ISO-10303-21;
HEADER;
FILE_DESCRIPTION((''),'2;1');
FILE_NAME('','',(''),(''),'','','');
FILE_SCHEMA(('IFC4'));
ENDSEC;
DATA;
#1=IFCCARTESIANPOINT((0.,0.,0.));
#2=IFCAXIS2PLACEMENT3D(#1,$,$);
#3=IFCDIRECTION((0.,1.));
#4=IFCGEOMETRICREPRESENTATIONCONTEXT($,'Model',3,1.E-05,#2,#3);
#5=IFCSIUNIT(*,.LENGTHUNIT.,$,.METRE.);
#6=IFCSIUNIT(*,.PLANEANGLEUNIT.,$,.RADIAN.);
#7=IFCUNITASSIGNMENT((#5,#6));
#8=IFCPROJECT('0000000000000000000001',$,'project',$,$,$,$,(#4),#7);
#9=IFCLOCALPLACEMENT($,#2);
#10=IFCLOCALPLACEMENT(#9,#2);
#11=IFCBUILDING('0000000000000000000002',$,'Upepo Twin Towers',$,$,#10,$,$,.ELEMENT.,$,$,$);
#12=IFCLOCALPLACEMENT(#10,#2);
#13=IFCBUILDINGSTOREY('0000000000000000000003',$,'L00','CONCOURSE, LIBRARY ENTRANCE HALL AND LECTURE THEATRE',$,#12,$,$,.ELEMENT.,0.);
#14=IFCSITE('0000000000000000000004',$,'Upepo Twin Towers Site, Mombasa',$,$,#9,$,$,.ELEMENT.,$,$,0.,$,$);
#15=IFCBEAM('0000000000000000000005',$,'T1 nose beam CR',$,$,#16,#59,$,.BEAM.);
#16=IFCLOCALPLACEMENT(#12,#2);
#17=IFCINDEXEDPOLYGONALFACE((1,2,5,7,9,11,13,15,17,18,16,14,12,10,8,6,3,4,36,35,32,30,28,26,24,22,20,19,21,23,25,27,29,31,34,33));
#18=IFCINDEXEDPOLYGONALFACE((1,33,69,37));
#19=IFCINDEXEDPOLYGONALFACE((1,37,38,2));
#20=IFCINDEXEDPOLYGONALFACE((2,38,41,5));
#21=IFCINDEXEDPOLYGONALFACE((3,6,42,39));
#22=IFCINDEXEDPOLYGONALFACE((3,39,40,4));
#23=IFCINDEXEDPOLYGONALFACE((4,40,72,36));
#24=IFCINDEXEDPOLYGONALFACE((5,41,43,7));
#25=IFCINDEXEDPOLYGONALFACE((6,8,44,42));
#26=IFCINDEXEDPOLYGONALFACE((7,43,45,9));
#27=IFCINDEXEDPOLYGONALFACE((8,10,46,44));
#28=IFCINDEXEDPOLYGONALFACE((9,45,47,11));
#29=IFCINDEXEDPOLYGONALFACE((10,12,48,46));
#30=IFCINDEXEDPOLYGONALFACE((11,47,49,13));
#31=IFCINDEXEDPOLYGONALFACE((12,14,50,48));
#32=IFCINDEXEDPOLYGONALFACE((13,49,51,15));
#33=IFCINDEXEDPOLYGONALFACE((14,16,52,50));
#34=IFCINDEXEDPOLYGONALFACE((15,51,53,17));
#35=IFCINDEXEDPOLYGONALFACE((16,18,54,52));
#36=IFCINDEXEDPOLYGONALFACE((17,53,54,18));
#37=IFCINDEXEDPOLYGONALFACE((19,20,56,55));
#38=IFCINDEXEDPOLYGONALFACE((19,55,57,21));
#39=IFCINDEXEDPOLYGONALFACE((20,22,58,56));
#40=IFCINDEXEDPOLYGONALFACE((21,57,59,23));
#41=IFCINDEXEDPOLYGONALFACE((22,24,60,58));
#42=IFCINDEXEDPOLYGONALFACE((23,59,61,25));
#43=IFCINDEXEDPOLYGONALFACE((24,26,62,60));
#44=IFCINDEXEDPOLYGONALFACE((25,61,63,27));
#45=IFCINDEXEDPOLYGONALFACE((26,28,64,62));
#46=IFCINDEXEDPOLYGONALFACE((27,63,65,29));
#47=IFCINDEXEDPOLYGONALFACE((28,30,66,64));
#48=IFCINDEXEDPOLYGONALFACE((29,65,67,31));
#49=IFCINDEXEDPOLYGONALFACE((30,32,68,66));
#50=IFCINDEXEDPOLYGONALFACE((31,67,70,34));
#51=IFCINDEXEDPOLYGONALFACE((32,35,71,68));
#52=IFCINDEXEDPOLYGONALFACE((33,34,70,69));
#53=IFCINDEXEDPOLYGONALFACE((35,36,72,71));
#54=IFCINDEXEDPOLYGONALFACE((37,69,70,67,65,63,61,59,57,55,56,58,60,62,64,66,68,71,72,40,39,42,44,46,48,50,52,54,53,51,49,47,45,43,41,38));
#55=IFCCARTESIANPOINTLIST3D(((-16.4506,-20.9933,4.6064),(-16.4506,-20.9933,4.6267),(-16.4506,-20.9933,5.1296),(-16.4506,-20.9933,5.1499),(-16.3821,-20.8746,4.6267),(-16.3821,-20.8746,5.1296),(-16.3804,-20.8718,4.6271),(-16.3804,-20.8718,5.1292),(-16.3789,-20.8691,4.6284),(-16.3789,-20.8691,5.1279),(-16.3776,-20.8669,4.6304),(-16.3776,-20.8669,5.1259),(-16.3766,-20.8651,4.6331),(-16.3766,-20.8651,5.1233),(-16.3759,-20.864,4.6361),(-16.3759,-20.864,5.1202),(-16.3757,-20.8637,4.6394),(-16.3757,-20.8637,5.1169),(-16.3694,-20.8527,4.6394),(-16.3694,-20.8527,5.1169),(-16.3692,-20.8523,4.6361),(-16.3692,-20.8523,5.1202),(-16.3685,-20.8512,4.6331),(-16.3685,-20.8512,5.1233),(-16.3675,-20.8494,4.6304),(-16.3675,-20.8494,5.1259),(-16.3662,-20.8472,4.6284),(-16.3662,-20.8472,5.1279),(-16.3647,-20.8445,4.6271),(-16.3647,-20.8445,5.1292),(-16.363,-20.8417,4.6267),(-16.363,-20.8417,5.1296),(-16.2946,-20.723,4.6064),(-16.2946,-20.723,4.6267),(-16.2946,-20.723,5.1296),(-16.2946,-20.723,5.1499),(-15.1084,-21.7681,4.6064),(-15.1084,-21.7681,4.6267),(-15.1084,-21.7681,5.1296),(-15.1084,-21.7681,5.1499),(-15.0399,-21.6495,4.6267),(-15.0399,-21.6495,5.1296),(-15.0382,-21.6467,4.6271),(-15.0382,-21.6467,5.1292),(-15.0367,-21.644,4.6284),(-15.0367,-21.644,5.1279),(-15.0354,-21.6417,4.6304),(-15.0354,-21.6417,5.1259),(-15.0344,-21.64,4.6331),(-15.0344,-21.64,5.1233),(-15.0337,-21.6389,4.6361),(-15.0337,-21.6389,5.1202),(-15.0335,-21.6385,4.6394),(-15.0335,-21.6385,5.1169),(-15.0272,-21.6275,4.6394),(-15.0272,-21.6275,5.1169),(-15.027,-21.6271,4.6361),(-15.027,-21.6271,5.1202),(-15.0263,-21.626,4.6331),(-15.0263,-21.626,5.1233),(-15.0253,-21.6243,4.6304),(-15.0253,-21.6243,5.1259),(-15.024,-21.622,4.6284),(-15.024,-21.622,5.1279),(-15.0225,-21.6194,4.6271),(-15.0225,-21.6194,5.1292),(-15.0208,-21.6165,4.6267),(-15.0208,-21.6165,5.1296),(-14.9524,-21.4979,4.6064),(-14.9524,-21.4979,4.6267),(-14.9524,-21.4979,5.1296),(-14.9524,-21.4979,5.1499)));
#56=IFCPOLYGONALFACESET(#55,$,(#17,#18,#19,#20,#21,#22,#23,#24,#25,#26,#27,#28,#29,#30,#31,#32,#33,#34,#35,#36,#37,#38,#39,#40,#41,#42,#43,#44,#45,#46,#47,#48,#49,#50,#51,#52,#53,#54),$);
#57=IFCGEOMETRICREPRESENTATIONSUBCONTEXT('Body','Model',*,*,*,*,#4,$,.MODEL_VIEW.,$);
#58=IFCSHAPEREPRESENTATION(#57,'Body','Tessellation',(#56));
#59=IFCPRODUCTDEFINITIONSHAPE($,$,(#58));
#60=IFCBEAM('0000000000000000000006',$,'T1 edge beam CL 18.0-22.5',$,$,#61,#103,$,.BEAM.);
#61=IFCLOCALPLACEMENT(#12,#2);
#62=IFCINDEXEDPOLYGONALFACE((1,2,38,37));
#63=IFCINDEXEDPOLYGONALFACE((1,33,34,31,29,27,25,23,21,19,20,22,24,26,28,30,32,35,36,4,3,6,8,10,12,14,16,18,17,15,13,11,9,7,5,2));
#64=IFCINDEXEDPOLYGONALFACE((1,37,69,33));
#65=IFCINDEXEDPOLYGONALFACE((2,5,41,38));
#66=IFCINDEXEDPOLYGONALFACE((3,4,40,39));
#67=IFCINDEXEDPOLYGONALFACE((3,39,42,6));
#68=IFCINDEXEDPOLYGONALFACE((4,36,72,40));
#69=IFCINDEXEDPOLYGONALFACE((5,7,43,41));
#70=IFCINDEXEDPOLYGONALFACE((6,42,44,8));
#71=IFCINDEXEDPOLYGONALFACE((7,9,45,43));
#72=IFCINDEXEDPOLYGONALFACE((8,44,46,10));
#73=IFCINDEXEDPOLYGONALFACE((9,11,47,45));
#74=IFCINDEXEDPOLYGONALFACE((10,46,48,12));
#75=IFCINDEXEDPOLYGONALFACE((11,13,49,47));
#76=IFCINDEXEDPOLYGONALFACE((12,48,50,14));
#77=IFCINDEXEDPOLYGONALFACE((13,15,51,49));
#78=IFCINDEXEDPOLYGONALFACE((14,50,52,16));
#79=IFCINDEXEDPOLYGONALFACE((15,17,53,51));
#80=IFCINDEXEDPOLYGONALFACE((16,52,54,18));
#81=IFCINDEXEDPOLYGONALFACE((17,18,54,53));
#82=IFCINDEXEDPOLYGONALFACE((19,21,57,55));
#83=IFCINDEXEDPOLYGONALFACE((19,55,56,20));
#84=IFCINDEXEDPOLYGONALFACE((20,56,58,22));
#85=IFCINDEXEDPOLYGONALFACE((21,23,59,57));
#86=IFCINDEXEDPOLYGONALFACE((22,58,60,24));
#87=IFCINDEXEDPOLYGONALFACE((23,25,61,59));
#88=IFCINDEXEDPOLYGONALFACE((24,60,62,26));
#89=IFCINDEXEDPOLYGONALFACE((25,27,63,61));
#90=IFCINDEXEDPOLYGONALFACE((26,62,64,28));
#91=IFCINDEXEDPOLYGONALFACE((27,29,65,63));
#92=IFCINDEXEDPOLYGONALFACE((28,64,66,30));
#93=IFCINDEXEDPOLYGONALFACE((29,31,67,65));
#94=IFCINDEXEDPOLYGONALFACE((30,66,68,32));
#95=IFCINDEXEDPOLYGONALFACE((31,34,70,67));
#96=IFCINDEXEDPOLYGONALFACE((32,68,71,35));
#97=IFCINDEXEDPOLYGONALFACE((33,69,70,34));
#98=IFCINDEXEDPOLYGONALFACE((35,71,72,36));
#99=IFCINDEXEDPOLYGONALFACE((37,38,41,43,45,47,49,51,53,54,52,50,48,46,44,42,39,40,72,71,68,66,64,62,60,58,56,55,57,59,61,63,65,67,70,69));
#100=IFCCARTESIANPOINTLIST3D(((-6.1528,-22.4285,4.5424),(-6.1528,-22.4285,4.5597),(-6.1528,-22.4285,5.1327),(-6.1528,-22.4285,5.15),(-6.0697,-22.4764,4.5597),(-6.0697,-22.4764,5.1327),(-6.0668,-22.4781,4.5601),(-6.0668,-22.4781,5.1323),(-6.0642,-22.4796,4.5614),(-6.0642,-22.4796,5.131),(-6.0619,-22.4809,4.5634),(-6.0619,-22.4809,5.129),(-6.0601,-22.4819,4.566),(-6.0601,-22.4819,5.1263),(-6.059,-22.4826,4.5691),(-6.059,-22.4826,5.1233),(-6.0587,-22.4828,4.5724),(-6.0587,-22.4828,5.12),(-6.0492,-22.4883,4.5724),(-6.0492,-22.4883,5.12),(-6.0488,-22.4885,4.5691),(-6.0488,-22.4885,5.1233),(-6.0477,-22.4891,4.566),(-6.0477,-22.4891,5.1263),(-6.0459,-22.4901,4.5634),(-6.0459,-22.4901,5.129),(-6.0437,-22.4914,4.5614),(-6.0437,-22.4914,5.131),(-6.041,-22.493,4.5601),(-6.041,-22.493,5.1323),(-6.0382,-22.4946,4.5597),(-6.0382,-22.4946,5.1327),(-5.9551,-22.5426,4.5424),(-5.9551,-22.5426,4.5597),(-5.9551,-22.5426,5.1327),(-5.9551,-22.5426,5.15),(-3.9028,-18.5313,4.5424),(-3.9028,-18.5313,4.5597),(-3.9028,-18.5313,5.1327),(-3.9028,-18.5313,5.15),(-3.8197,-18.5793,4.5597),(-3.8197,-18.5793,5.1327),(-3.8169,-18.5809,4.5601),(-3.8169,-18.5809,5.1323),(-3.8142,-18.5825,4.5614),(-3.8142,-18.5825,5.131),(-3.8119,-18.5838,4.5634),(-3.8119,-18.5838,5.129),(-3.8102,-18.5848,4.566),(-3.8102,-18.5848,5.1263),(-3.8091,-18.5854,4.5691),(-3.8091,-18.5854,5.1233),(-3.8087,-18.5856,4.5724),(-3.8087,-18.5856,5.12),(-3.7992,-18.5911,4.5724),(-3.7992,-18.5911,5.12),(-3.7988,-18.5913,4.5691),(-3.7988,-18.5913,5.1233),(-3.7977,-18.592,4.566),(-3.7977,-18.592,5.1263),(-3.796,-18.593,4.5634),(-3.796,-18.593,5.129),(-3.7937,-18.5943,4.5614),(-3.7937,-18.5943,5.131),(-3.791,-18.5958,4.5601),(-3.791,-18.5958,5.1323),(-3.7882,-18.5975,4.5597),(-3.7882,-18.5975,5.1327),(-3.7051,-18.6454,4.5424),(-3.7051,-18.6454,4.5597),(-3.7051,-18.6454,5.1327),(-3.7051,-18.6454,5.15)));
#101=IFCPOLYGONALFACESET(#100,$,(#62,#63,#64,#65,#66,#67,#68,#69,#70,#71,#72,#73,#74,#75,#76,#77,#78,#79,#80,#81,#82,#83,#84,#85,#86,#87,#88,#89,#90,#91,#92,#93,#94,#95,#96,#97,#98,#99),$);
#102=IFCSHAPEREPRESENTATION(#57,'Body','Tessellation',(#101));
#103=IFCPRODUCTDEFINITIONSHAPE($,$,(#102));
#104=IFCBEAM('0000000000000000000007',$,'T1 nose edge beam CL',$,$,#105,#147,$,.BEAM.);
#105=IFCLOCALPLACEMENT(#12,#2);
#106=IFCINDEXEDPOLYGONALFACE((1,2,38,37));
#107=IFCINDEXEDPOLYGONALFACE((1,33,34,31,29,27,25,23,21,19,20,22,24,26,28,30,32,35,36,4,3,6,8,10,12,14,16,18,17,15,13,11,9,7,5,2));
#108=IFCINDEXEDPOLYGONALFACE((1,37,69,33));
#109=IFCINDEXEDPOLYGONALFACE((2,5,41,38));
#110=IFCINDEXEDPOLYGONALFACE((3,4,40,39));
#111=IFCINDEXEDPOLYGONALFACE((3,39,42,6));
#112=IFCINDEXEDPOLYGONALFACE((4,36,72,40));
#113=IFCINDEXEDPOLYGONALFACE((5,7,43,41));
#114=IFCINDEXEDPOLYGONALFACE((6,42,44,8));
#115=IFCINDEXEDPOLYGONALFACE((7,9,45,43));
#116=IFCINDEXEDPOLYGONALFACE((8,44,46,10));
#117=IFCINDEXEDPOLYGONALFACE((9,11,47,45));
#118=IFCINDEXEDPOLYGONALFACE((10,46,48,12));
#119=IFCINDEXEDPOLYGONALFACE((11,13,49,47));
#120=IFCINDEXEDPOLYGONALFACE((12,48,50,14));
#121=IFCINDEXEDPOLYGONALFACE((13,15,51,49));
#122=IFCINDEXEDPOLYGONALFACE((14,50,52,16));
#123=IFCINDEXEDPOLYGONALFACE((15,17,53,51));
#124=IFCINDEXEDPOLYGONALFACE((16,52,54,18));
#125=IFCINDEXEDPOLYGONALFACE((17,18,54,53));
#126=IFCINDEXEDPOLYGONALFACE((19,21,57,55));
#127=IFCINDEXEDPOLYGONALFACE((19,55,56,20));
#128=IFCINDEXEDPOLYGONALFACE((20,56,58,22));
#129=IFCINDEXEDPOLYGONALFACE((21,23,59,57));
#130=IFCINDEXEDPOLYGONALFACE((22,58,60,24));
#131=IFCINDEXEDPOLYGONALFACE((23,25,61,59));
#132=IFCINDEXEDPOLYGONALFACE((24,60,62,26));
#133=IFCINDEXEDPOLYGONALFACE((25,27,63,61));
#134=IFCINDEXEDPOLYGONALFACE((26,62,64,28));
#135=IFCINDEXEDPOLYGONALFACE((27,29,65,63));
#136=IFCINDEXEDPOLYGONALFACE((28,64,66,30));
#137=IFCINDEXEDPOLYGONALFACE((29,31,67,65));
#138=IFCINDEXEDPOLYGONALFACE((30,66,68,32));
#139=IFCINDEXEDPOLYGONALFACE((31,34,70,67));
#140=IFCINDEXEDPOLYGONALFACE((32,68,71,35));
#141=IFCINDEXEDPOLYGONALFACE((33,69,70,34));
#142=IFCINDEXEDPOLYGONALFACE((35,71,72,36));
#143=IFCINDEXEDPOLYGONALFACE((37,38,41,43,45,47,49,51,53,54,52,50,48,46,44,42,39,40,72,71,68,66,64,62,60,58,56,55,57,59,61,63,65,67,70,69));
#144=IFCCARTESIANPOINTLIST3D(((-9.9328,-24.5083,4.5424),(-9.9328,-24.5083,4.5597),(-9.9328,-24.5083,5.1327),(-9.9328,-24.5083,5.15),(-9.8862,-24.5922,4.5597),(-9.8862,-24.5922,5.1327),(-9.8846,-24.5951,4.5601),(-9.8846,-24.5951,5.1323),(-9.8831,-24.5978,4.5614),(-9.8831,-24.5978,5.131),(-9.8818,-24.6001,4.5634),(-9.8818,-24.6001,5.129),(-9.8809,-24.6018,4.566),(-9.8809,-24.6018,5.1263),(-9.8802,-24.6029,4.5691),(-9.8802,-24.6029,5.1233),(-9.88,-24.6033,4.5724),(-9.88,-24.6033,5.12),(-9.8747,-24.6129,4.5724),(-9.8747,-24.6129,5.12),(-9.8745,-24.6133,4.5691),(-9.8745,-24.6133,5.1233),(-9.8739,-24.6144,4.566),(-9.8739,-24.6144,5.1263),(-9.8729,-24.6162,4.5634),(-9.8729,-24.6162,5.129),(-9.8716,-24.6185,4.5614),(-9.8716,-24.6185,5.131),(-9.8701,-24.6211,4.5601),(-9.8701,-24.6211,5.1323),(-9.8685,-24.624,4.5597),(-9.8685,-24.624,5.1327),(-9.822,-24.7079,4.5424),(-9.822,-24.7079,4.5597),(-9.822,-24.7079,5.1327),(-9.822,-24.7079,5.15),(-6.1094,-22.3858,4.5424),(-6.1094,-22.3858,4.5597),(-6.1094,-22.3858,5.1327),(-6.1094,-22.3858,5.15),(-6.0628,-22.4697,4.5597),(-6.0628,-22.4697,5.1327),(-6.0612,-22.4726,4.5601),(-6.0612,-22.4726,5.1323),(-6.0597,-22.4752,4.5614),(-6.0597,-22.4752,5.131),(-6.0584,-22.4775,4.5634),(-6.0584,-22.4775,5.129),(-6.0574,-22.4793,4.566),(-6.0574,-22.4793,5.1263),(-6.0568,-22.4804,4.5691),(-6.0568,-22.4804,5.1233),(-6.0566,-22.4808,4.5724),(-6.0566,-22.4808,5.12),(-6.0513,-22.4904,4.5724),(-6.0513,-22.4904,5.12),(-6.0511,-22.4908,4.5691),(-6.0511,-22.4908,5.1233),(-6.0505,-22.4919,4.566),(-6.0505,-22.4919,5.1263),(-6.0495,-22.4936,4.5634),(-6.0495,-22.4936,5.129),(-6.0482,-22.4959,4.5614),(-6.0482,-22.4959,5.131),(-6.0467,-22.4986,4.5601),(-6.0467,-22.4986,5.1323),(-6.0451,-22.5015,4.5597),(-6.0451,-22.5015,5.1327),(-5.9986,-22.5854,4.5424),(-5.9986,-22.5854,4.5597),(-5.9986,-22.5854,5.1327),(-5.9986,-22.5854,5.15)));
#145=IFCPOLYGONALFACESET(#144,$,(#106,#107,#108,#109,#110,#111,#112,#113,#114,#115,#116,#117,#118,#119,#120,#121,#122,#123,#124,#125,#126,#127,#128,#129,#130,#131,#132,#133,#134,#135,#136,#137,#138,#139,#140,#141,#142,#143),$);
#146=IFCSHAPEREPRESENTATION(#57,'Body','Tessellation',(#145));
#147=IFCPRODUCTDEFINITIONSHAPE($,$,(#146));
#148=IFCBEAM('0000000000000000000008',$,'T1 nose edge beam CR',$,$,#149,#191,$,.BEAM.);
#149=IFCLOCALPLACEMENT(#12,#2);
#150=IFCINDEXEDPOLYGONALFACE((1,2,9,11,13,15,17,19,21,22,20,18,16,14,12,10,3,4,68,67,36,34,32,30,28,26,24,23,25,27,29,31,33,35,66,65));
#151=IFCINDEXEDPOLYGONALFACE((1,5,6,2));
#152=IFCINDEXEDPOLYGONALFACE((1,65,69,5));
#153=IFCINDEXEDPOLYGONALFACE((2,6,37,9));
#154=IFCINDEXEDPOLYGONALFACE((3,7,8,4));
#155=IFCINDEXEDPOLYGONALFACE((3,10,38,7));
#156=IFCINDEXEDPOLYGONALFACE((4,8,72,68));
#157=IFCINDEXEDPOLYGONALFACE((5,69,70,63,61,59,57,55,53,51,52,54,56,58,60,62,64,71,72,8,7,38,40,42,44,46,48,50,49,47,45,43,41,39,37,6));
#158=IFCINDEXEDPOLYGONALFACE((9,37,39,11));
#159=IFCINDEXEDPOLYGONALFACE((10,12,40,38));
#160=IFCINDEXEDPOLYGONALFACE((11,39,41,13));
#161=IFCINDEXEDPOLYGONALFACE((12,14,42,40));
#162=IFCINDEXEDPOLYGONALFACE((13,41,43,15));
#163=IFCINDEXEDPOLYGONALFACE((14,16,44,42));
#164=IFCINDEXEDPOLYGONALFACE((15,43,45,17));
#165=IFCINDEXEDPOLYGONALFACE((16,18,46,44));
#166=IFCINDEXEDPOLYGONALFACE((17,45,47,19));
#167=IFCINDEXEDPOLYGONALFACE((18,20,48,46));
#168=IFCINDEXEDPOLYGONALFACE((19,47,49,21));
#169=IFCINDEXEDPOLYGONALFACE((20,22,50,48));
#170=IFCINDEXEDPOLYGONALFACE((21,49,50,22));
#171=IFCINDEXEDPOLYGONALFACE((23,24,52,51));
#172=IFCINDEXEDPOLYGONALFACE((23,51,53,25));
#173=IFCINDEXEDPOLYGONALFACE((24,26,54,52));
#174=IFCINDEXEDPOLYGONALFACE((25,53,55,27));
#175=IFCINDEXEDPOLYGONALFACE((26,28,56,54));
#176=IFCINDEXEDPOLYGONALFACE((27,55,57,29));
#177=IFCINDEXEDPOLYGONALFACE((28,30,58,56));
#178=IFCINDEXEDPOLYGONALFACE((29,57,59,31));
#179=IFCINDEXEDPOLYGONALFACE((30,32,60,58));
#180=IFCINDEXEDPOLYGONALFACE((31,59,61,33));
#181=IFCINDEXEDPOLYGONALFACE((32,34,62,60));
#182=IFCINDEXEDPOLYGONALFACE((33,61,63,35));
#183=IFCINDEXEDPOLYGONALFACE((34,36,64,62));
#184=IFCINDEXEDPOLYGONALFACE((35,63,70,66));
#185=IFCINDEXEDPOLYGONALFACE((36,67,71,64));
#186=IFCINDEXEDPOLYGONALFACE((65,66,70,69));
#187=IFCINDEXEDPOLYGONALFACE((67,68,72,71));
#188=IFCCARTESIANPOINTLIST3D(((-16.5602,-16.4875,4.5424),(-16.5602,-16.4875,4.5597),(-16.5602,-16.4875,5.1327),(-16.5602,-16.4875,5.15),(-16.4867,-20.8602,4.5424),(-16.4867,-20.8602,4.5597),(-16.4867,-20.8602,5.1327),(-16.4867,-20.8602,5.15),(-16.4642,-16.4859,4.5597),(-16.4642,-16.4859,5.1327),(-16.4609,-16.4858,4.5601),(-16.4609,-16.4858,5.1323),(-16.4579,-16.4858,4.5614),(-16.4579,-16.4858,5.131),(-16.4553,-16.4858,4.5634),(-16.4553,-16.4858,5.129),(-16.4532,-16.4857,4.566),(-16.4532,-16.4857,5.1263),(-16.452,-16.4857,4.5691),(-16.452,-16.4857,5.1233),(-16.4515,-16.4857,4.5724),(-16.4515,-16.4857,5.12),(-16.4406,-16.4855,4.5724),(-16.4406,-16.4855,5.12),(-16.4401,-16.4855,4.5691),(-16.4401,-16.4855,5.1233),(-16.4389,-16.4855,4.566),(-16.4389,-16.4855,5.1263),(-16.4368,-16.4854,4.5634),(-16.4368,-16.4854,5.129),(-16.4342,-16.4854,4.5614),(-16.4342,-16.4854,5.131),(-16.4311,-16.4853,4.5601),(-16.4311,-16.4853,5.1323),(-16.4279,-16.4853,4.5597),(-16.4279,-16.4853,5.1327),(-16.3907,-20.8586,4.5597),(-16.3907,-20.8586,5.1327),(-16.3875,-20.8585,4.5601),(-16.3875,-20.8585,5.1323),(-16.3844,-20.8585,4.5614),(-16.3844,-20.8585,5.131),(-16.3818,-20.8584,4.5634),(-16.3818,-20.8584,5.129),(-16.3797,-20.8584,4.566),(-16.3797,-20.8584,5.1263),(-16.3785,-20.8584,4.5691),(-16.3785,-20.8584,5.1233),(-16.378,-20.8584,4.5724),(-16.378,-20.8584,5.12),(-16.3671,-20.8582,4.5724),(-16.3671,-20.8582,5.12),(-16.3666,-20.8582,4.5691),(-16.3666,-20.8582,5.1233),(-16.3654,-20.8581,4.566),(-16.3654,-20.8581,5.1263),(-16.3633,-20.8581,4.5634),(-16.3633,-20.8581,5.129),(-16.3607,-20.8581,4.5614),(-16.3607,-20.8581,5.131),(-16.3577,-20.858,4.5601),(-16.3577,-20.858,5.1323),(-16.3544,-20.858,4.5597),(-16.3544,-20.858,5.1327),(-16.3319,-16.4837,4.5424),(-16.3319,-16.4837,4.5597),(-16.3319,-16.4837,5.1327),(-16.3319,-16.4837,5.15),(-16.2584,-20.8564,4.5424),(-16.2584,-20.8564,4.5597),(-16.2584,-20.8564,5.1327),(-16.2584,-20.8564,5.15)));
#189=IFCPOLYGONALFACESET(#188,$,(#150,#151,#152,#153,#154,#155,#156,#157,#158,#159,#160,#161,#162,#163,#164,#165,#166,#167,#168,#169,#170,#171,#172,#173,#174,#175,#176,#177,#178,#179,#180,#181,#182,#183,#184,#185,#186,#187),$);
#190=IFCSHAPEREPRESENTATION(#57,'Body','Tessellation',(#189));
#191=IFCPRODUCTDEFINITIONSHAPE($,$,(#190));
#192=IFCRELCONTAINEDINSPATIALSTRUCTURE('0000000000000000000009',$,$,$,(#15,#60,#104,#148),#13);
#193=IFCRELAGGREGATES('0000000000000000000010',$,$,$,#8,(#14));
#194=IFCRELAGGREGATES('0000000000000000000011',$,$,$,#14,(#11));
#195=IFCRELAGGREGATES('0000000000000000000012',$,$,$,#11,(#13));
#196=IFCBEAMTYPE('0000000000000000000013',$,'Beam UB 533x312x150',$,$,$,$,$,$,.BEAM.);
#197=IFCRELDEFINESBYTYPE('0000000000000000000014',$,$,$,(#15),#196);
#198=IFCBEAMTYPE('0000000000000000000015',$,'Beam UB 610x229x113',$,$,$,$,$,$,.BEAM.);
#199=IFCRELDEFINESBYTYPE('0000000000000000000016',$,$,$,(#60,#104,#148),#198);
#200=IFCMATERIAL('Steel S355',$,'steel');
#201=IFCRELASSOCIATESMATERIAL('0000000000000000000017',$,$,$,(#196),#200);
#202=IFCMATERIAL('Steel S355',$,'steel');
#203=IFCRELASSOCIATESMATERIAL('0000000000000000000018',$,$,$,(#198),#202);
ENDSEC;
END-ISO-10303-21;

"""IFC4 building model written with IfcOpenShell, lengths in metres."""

from ifc_helpers import new_model, si_unit, direction, frame, origin, origin_2d, place, context, subcontext, project, spatial, i_section, extrude, material, material_profile, profile_set, type_object, element, save


model = new_model("IFC4")

# Units and contexts
model_context = context("Model", 3, precision=1e-05, world=origin(), true_north=direction((0.0, 1.0)))
body_context = subcontext(model_context, "Body", "Model", "MODEL_VIEW")
ifc_project = project(units=[si_unit("LENGTHUNIT", "METRE"), si_unit("PLANEANGLEUNIT", "RADIAN")], contexts=[model_context])

# Site, building, storey
site_placement = place(None, origin())
site = spatial("IfcSite", under=ifc_project, at=site_placement, Name="Upepo Twin Towers Site, Mombasa", CompositionType="ELEMENT", RefElevation=0.0)
building_placement = place(site_placement, origin())
building = spatial("IfcBuilding", under=site, at=building_placement, Name="Upepo Twin Towers", CompositionType="ELEMENT")
storey_placement = place(building_placement, origin())
storey = spatial("IfcBuildingStorey", under=building, at=storey_placement, Name="L00", Description="CONCOURSE, LIBRARY ENTRANCE HALL AND LECTURE THEATRE", CompositionType="ELEMENT", Elevation=0.0)

# Beams
ifc_material_1 = material(Name="Steel S355", Category="steel")
ifc_material_profile_1 = material_profile(ifc_material_1, i_section(OverallWidth=0.312, OverallDepth=0.5435, WebThickness=0.0127, FlangeThickness=0.0203, FilletRadius=0.0127, at=origin_2d()), Name="UB 533x312x150")
ifc_profile_set_1 = profile_set([ifc_material_profile_1], Name="Steel S355")
beam_type_1 = type_object("IfcBeamType", Name="Beam UB 533x312x150", PredefinedType="BEAM", material=ifc_profile_set_1)
beam_1_placement = place(storey_placement, frame((-16.3726, -20.8582, 4.8782), z_axis=(0.866044, -0.499968, 0.0), x_axis=(0.499968, 0.866044, 0.0)))
element("IfcBeam", 1, at=beam_1_placement, inside=storey, type_object=beam_type_1, Name="T1 nose beam CR", PredefinedType="BEAM", context=body_context, shape_type="SweptSolid", body=[
    extrude(i_section(OverallWidth=0.312, OverallDepth=0.5435, WebThickness=0.0127, FlangeThickness=0.0203, FilletRadius=0.0127, at=origin_2d()), origin(), (0.0, 0.0, 1.0), 1.5498),
])
ifc_material_2 = material(Name="Steel S355", Category="steel")
ifc_material_profile_2 = material_profile(ifc_material_2, i_section(OverallWidth=0.2283, OverallDepth=0.6077, WebThickness=0.011, FlangeThickness=0.0173, FilletRadius=0.0127, at=origin_2d()), Name="UB 610x229x113")
ifc_profile_set_2 = profile_set([ifc_material_profile_2], Name="Steel S355")
beam_type_2 = type_object("IfcBeamType", Name="Beam UB 610x229x113", PredefinedType="BEAM", material=ifc_profile_set_2)
beam_2_placement = place(storey_placement, frame((-3.804, -18.5884, 4.8462), z_axis=(-0.49999, -0.866031, 0.0), x_axis=(0.866031, -0.49999, 0.0)))
element("IfcBeam", 2, at=beam_2_placement, inside=storey, type_object=beam_type_2, Name="T1 edge beam CL 18.0-22.5", PredefinedType="BEAM", context=body_context, shape_type="SweptSolid", body=[
    extrude(i_section(OverallWidth=0.2283, OverallDepth=0.6077, WebThickness=0.011, FlangeThickness=0.0173, FilletRadius=0.0127, at=origin_2d()), origin(), (0.0, 0.0, 1.0), 4.5),
])
beam_3_placement = place(storey_placement, frame((-6.054, -22.4856, 4.8462), z_axis=(-0.874313, -0.485363, 0.0), x_axis=(0.485363, -0.874313, 0.0)))
element("IfcBeam", 3, at=beam_3_placement, inside=storey, type_object=beam_type_2, Name="T1 nose edge beam CL", PredefinedType="BEAM", context=body_context, shape_type="SweptSolid", body=[
    extrude(i_section(OverallWidth=0.2283, OverallDepth=0.6077, WebThickness=0.011, FlangeThickness=0.0173, FilletRadius=0.0127, at=origin_2d()), origin(), (0.0, 0.0, 1.0), 4.373),
])
beam_4_placement = place(storey_placement, frame((-16.446, -16.4856, 4.8462), z_axis=(0.016804, -0.999859, 0.0), x_axis=(0.999859, 0.016804, 0.0)))
element("IfcBeam", 4, at=beam_4_placement, inside=storey, type_object=beam_type_2, Name="T1 nose edge beam CR", PredefinedType="BEAM", context=body_context, shape_type="SweptSolid", body=[
    extrude(i_section(OverallWidth=0.2283, OverallDepth=0.6077, WebThickness=0.011, FlangeThickness=0.0173, FilletRadius=0.0127, at=origin_2d()), origin(), (0.0, 0.0, 1.0), 4.3733),
])

save(model, "model.ifc")
